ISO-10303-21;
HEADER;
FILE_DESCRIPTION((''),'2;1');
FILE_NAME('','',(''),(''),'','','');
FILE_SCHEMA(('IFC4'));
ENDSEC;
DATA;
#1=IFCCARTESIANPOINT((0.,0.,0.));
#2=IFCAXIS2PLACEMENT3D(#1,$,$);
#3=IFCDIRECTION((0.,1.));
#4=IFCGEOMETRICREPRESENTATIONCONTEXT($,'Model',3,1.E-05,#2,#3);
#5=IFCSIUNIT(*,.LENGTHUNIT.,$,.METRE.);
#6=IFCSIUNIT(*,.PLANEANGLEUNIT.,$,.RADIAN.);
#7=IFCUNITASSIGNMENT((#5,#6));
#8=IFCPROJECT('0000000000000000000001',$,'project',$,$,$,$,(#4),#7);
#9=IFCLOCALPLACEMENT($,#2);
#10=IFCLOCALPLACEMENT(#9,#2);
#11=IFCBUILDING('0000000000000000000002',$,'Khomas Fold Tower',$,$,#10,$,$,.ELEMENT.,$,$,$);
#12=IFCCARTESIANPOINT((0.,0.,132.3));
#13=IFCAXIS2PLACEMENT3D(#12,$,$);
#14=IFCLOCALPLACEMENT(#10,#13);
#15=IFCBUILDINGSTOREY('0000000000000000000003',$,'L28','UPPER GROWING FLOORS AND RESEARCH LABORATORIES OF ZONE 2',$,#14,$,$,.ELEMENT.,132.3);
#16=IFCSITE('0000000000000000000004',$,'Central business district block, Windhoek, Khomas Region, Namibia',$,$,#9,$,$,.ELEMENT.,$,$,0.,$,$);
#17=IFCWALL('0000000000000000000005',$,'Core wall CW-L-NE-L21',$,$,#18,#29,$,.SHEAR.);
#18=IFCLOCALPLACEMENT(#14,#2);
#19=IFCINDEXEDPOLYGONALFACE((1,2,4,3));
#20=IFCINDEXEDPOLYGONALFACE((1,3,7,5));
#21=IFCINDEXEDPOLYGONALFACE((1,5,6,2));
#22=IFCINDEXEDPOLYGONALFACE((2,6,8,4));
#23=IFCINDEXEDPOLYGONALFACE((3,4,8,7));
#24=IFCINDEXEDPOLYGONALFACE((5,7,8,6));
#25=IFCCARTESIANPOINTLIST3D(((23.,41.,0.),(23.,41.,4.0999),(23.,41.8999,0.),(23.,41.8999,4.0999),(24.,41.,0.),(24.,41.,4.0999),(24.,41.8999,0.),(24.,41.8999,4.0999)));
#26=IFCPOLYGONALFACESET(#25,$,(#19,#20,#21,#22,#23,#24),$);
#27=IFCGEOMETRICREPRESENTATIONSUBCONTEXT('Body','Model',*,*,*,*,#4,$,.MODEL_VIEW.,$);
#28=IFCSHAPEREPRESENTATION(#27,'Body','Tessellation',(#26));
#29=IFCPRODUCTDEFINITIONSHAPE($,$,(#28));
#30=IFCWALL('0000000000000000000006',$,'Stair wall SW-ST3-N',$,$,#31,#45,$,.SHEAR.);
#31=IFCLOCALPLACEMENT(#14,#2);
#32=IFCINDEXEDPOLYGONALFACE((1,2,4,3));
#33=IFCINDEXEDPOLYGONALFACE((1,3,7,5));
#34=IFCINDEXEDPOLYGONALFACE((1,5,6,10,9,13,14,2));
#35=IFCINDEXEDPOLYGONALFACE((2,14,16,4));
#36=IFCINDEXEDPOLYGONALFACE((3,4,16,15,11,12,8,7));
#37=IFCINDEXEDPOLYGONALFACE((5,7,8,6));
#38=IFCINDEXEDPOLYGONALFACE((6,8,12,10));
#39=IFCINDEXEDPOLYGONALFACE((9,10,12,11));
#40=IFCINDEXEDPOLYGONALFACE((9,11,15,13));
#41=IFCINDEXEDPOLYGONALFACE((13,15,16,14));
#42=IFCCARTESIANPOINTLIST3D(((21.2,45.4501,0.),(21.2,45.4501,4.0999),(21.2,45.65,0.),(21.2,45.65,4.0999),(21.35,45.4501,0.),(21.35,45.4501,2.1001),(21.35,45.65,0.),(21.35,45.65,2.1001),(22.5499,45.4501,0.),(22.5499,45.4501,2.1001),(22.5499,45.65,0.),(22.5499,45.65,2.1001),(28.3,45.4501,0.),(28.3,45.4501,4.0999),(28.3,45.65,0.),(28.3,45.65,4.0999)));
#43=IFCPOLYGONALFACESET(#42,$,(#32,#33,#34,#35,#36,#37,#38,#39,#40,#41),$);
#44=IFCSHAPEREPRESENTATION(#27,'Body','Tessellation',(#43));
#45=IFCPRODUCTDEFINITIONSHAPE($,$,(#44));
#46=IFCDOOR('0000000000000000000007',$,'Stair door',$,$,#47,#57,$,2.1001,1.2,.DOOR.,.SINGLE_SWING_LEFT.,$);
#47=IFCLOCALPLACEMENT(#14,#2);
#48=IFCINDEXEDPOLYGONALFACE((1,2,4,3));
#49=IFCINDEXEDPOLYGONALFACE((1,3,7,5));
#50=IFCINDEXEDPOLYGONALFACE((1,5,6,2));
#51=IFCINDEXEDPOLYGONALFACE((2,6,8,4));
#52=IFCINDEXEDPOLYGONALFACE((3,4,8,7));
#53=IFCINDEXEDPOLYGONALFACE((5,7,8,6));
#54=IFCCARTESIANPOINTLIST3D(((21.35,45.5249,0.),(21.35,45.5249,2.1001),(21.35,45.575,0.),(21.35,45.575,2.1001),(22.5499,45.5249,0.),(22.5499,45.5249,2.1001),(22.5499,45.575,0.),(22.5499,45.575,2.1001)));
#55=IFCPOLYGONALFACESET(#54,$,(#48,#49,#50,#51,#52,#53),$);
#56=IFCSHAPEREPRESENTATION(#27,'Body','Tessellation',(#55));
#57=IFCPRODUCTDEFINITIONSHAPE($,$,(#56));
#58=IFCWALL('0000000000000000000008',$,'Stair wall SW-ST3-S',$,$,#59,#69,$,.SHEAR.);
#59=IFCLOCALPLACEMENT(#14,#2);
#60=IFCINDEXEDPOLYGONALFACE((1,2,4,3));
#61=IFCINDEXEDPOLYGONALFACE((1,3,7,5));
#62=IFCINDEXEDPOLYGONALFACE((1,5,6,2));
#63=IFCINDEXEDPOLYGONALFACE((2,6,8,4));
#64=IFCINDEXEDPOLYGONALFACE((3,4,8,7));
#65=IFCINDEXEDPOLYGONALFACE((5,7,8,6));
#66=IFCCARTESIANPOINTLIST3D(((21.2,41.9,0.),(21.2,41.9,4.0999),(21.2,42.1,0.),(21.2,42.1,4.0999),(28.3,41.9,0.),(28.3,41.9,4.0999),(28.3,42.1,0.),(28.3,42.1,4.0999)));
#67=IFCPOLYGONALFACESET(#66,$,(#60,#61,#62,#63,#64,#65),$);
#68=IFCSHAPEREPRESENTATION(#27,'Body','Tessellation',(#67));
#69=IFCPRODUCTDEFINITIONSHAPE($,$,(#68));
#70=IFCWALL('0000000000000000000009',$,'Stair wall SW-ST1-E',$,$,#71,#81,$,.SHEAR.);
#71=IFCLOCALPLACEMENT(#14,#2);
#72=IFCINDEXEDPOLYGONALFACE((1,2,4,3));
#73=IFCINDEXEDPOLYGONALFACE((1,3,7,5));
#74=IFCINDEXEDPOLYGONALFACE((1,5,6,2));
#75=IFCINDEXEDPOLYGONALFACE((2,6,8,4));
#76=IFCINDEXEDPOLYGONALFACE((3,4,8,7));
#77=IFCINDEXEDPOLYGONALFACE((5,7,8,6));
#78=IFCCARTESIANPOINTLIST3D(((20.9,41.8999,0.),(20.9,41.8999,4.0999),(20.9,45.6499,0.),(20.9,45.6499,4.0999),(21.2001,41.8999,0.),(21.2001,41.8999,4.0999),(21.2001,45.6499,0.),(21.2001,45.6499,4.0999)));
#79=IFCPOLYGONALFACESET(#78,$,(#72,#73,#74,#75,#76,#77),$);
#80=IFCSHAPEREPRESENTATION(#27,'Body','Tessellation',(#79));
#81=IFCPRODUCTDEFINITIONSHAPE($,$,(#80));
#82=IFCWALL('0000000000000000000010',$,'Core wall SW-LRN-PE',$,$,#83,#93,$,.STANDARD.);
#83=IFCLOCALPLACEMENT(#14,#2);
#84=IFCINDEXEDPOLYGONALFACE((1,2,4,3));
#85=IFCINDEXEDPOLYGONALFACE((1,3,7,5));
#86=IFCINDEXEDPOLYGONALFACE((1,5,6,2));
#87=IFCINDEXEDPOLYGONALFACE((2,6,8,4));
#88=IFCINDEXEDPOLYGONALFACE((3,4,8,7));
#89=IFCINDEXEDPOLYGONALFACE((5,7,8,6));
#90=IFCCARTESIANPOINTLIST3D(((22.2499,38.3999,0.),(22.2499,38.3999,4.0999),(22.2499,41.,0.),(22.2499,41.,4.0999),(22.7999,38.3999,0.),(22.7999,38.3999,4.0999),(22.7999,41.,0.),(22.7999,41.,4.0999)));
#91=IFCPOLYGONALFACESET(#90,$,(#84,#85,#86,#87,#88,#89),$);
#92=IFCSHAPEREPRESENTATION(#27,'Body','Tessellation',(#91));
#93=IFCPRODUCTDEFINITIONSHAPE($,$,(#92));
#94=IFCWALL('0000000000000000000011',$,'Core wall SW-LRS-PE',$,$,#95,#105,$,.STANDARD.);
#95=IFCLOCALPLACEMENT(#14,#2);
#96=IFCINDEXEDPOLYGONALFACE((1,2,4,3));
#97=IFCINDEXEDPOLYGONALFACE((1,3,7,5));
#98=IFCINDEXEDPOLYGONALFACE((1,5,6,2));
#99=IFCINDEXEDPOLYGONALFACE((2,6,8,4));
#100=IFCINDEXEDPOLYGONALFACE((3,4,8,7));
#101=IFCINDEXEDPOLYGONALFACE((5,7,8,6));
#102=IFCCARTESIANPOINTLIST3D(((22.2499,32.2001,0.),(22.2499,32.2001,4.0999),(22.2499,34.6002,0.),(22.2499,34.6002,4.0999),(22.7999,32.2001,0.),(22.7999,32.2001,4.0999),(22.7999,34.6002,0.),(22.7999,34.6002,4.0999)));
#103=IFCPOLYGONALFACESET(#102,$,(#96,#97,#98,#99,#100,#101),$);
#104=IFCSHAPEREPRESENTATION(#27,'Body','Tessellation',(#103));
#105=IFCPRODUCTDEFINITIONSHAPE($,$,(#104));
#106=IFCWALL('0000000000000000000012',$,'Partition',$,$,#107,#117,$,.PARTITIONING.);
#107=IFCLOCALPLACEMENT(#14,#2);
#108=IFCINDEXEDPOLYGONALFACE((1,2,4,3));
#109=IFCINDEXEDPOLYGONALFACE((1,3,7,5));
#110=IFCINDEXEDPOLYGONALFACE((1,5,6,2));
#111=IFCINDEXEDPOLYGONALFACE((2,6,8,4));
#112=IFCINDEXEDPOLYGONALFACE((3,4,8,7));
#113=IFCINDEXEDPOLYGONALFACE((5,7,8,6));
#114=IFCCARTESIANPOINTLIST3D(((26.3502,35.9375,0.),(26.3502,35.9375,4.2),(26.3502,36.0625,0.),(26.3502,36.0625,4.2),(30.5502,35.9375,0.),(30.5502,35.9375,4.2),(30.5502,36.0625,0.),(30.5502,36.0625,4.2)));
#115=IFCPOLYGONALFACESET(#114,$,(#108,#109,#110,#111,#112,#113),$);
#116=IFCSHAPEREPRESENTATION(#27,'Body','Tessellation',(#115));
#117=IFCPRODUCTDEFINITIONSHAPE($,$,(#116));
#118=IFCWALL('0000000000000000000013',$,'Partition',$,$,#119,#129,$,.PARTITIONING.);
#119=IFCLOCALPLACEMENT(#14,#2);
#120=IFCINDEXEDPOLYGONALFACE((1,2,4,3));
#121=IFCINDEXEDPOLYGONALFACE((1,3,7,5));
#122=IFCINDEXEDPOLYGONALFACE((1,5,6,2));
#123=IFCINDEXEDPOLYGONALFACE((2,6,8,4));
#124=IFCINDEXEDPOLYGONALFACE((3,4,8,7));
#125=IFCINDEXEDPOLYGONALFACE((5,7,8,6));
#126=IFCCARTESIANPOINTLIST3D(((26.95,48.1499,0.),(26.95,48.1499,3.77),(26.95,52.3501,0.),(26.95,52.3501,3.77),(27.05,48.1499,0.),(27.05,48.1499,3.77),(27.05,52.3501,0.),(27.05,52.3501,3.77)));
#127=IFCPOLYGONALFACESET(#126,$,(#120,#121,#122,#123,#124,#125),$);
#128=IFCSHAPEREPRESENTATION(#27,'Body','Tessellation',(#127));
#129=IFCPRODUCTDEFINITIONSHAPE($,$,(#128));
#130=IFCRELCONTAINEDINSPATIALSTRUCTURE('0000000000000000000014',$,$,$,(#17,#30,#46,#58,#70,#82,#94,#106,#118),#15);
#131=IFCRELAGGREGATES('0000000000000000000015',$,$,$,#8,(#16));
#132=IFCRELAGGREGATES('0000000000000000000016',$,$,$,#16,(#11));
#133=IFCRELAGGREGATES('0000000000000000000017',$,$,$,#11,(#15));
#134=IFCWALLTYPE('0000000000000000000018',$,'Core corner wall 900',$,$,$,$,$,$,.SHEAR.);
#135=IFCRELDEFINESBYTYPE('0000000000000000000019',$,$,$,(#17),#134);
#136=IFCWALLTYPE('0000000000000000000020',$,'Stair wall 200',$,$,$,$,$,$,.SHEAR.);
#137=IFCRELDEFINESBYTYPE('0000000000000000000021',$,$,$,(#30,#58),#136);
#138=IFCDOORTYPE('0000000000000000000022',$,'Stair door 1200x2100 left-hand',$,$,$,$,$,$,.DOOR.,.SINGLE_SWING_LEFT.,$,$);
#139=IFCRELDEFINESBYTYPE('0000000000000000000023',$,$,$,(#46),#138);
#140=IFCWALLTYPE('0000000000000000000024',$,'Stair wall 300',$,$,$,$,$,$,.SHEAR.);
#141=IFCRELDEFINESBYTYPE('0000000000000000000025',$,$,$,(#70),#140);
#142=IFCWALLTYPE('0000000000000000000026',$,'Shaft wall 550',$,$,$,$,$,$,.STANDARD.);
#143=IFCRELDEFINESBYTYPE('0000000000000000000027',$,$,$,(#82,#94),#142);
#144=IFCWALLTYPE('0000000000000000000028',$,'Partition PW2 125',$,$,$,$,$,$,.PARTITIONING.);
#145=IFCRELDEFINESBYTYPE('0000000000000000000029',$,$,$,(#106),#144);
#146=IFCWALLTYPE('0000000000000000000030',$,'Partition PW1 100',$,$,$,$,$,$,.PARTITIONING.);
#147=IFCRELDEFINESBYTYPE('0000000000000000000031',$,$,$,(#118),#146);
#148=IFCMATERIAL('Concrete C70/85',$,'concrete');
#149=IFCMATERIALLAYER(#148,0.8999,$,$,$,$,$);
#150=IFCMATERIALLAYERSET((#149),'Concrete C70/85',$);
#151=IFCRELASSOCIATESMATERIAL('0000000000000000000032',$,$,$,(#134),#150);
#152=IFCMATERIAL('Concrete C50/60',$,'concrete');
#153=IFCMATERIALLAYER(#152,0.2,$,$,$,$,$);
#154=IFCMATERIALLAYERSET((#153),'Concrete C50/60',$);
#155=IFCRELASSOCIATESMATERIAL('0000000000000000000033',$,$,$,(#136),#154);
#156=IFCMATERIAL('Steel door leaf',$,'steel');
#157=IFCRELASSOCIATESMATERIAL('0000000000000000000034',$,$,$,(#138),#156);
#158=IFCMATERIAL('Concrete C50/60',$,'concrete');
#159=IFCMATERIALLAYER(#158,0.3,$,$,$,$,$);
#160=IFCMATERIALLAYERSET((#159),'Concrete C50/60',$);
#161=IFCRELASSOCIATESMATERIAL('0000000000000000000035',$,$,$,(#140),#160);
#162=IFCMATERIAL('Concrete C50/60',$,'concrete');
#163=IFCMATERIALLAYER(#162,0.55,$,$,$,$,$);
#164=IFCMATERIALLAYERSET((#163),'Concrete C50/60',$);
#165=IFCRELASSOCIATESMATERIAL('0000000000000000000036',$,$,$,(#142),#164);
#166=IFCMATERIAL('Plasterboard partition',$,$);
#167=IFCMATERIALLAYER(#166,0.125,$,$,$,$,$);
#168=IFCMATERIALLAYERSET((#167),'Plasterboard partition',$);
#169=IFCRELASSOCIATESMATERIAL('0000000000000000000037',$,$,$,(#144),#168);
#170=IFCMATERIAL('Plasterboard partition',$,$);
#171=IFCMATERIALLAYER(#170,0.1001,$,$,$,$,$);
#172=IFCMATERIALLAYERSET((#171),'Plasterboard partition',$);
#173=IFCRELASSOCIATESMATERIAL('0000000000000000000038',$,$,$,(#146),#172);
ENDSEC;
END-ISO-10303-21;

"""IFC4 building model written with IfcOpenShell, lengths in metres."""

from ifc_helpers import new_model, si_unit, direction, frame, frame_2d, origin, place, context, subcontext, project, spatial, rectangle, extrude, source, transform, mapped, material, layer, layer_set, type_object, element, fill, save


model = new_model("IFC4")

# Units and contexts
model_context = context("Model", 3, precision=1e-05, world=origin(), true_north=direction((0.0, 1.0)))
body_context = subcontext(model_context, "Body", "Model", "MODEL_VIEW")
ifc_project = project(units=[si_unit("LENGTHUNIT", "METRE"), si_unit("PLANEANGLEUNIT", "RADIAN")], contexts=[model_context])

# Site, building, storey
site_placement = place(None, origin())
site = spatial("IfcSite", under=ifc_project, at=site_placement, Name="Central business district block, Windhoek, Khomas Region, Namibia", CompositionType="ELEMENT", RefElevation=0.0)
building_placement = place(site_placement, origin())
building = spatial("IfcBuilding", under=site, at=building_placement, Name="Khomas Fold Tower", CompositionType="ELEMENT")
storey_placement = place(building_placement, frame((0.0, 0.0, 132.3)))
storey = spatial("IfcBuildingStorey", under=building, at=storey_placement, Name="L28", Description="UPPER GROWING FLOORS AND RESEARCH LABORATORIES OF ZONE 2", CompositionType="ELEMENT", Elevation=132.3)

# Wall
ifc_material_1 = material(Name="Concrete C70/85", Category="concrete")
ifc_layer_1 = layer(ifc_material_1, 0.8999)
ifc_layer_set_1 = layer_set([ifc_layer_1], Name="Concrete C70/85")
wall_type_1 = type_object("IfcWallType", Name="Core corner wall 900", PredefinedType="SHEAR", material=ifc_layer_set_1)
shared_shape_1 = source(origin(), body_context, "Body", "SweptSolid", [
    extrude(rectangle(XDim=1.0, YDim=0.8999, at=frame_2d((0.5, 0.0))), origin(), (0.0, 0.0, 1.0), 4.0999),
])
wall_1_placement = place(storey_placement, frame((23.0, 41.45, 0.0), z_axis=(0.0, 0.0, 1.0), x_axis=(1.0, 0.0, 0.0)))
element("IfcWall", 1, at=wall_1_placement, inside=storey, type_object=wall_type_1, Name="Core wall CW-L-NE-L21", PredefinedType="SHEAR", context=body_context, shape_type="MappedRepresentation", body=[
    mapped(shared_shape_1, transform((0.0, 0.0, 0.0))),
])

# Wall, opening, door
ifc_material_2 = material(Name="Concrete C50/60", Category="concrete")
ifc_layer_2 = layer(ifc_material_2, 0.2)
ifc_layer_set_2 = layer_set([ifc_layer_2], Name="Concrete C50/60")
wall_type_2 = type_object("IfcWallType", Name="Stair wall 200", PredefinedType="SHEAR", material=ifc_layer_set_2)
shared_shape_2 = source(origin(), body_context, "Body", "SweptSolid", [
    extrude(rectangle(XDim=7.1001, YDim=0.2, at=frame_2d((3.55, 0.0))), origin(), (0.0, 0.0, 1.0), 4.0999),
])
wall_2_placement = place(storey_placement, frame((21.2, 45.55, 0.0), z_axis=(0.0, 0.0, 1.0), x_axis=(1.0, 0.0, 0.0)))
wall_2 = element("IfcWall", 2, at=wall_2_placement, inside=storey, type_object=wall_type_2, Name="Stair wall SW-ST3-N", PredefinedType="SHEAR", context=body_context, shape_type="MappedRepresentation", body=[
    mapped(shared_shape_2, transform((0.0, 0.0, 0.0))),
])
shared_shape_3 = source(origin(), body_context, "Body", "SweptSolid", [
    extrude(rectangle(XDim=1.2, YDim=2.1001, at=frame_2d((0.6001, 1.05))), frame((0.0, 0.1099, 0.0), z_axis=(0.0, -1.0, 0.0), x_axis=(1.0, 0.0, 0.0)), (0.0, 0.0, 1.0), 0.22),
])
opening_placement = place(wall_2_placement, frame((0.1499, 0.0, 0.0)))
opening = element("IfcOpeningElement", 3, at=opening_placement, cuts=wall_2, PredefinedType="OPENING", context=body_context, shape_type="MappedRepresentation", body=[
    mapped(shared_shape_3, transform((0.0, 0.0, 0.0))),
])
ifc_material_3 = material(Name="Steel door leaf", Category="steel")
door_type = type_object("IfcDoorType", Name="Stair door 1200x2100 left-hand", OperationType="SINGLE_SWING_LEFT", PredefinedType="DOOR", material=ifc_material_3)
shared_shape_4 = source(origin(), body_context, "Body", "SweptSolid", [
    extrude(rectangle(XDim=1.2, YDim=2.1001, at=frame_2d((0.6001, 1.05))), frame((0.0, 0.0249, 0.0), z_axis=(0.0, -1.0, 0.0), x_axis=(1.0, 0.0, 0.0)), (0.0, 0.0, 1.0), 0.05),
])
door_placement = place(opening_placement, origin())
door = element("IfcDoor", 4, at=door_placement, inside=storey, type_object=door_type, Name="Stair door", OperationType="SINGLE_SWING_LEFT", OverallHeight=2.1001, OverallWidth=1.2, PredefinedType="DOOR", context=body_context, shape_type="MappedRepresentation", body=[
    mapped(shared_shape_4, transform((0.0, 0.0, 0.0))),
])
fill(opening, door)

# Walls
wall_3_placement = place(storey_placement, frame((21.2, 42.0, 0.0), z_axis=(0.0, 0.0, 1.0), x_axis=(1.0, 0.0, 0.0)))
element("IfcWall", 5, at=wall_3_placement, inside=storey, type_object=wall_type_2, Name="Stair wall SW-ST3-S", PredefinedType="SHEAR", context=body_context, shape_type="MappedRepresentation", body=[
    mapped(shared_shape_2, transform((0.0, 0.0, 0.0))),
])
ifc_material_4 = material(Name="Concrete C50/60", Category="concrete")
ifc_layer_3 = layer(ifc_material_4, 0.3)
ifc_layer_set_3 = layer_set([ifc_layer_3], Name="Concrete C50/60")
wall_type_3 = type_object("IfcWallType", Name="Stair wall 300", PredefinedType="SHEAR", material=ifc_layer_set_3)
shared_shape_5 = source(origin(), body_context, "Body", "SweptSolid", [
    extrude(rectangle(XDim=3.75, YDim=0.3, at=frame_2d((1.875, 0.0))), origin(), (0.0, 0.0, 1.0), 4.0999),
])
wall_4_placement = place(storey_placement, frame((21.05, 41.8999, 0.0), z_axis=(0.0, 0.0, 1.0), x_axis=(0.0, 1.0, 0.0)))
element("IfcWall", 6, at=wall_4_placement, inside=storey, type_object=wall_type_3, Name="Stair wall SW-ST1-E", PredefinedType="SHEAR", context=body_context, shape_type="MappedRepresentation", body=[
    mapped(shared_shape_5, transform((0.0, 0.0, 0.0))),
])
ifc_material_5 = material(Name="Concrete C50/60", Category="concrete")
ifc_layer_4 = layer(ifc_material_5, 0.55)
ifc_layer_set_4 = layer_set([ifc_layer_4], Name="Concrete C50/60")
wall_type_4 = type_object("IfcWallType", Name="Shaft wall 550", PredefinedType="STANDARD", material=ifc_layer_set_4)
shared_shape_6 = source(origin(), body_context, "Body", "SweptSolid", [
    extrude(rectangle(XDim=2.6001, YDim=0.55, at=frame_2d((1.3, 0.0))), origin(), (0.0, 0.0, 1.0), 4.0999),
])
wall_5_placement = place(storey_placement, frame((22.5249, 38.3999, 0.0), z_axis=(0.0, 0.0, 1.0), x_axis=(0.0, 1.0, 0.0)))
element("IfcWall", 7, at=wall_5_placement, inside=storey, type_object=wall_type_4, Name="Core wall SW-LRN-PE", PredefinedType="STANDARD", context=body_context, shape_type="MappedRepresentation", body=[
    mapped(shared_shape_6, transform((0.0, 0.0, 0.0))),
])
shared_shape_7 = source(origin(), body_context, "Body", "SweptSolid", [
    extrude(rectangle(XDim=2.4001, YDim=0.55, at=frame_2d((1.2002, 0.0))), origin(), (0.0, 0.0, 1.0), 4.0999),
])
wall_6_placement = place(storey_placement, frame((22.5249, 32.2, 0.0), z_axis=(0.0, 0.0, 1.0), x_axis=(0.0, 1.0, 0.0)))
element("IfcWall", 8, at=wall_6_placement, inside=storey, type_object=wall_type_4, Name="Core wall SW-LRS-PE", PredefinedType="STANDARD", context=body_context, shape_type="MappedRepresentation", body=[
    mapped(shared_shape_7, transform((0.0, 0.0, 0.0))),
])
ifc_material_6 = material(Name="Plasterboard partition")
ifc_layer_5 = layer(ifc_material_6, 0.125)
ifc_layer_set_5 = layer_set([ifc_layer_5], Name="Plasterboard partition")
wall_type_5 = type_object("IfcWallType", Name="Partition PW2 125", PredefinedType="PARTITIONING", material=ifc_layer_set_5)
shared_shape_8 = source(origin(), body_context, "Body", "SweptSolid", [
    extrude(rectangle(XDim=4.2, YDim=0.125, at=frame_2d((2.1001, 0.0))), origin(), (0.0, 0.0, 1.0), 4.2),
])
wall_7_placement = place(storey_placement, frame((26.3501, 36.0, 0.0), z_axis=(0.0, 0.0, 1.0), x_axis=(1.0, 0.0, 0.0)))
element("IfcWall", 9, at=wall_7_placement, inside=storey, type_object=wall_type_5, Name="Partition", PredefinedType="PARTITIONING", context=body_context, shape_type="MappedRepresentation", body=[
    mapped(shared_shape_8, transform((0.0, 0.0, 0.0))),
])
ifc_material_7 = material(Name="Plasterboard partition")
ifc_layer_6 = layer(ifc_material_7, 0.1001)
ifc_layer_set_6 = layer_set([ifc_layer_6], Name="Plasterboard partition")
wall_type_6 = type_object("IfcWallType", Name="Partition PW1 100", PredefinedType="PARTITIONING", material=ifc_layer_set_6)
shared_shape_9 = source(origin(), body_context, "Body", "SweptSolid", [
    extrude(rectangle(XDim=4.2002, YDim=0.1001, at=frame_2d((2.1001, 0.0))), origin(), (0.0, 0.0, 1.0), 3.77),
])
wall_8_placement = place(storey_placement, frame((27.0, 48.1499, 0.0), z_axis=(0.0, 0.0, 1.0), x_axis=(0.0, 1.0, 0.0)))
element("IfcWall", 10, at=wall_8_placement, inside=storey, type_object=wall_type_6, Name="Partition", PredefinedType="PARTITIONING", context=body_context, shape_type="MappedRepresentation", body=[
    mapped(shared_shape_9, transform((0.0, 0.0, 0.0))),
])

save(model, "model.ifc")
